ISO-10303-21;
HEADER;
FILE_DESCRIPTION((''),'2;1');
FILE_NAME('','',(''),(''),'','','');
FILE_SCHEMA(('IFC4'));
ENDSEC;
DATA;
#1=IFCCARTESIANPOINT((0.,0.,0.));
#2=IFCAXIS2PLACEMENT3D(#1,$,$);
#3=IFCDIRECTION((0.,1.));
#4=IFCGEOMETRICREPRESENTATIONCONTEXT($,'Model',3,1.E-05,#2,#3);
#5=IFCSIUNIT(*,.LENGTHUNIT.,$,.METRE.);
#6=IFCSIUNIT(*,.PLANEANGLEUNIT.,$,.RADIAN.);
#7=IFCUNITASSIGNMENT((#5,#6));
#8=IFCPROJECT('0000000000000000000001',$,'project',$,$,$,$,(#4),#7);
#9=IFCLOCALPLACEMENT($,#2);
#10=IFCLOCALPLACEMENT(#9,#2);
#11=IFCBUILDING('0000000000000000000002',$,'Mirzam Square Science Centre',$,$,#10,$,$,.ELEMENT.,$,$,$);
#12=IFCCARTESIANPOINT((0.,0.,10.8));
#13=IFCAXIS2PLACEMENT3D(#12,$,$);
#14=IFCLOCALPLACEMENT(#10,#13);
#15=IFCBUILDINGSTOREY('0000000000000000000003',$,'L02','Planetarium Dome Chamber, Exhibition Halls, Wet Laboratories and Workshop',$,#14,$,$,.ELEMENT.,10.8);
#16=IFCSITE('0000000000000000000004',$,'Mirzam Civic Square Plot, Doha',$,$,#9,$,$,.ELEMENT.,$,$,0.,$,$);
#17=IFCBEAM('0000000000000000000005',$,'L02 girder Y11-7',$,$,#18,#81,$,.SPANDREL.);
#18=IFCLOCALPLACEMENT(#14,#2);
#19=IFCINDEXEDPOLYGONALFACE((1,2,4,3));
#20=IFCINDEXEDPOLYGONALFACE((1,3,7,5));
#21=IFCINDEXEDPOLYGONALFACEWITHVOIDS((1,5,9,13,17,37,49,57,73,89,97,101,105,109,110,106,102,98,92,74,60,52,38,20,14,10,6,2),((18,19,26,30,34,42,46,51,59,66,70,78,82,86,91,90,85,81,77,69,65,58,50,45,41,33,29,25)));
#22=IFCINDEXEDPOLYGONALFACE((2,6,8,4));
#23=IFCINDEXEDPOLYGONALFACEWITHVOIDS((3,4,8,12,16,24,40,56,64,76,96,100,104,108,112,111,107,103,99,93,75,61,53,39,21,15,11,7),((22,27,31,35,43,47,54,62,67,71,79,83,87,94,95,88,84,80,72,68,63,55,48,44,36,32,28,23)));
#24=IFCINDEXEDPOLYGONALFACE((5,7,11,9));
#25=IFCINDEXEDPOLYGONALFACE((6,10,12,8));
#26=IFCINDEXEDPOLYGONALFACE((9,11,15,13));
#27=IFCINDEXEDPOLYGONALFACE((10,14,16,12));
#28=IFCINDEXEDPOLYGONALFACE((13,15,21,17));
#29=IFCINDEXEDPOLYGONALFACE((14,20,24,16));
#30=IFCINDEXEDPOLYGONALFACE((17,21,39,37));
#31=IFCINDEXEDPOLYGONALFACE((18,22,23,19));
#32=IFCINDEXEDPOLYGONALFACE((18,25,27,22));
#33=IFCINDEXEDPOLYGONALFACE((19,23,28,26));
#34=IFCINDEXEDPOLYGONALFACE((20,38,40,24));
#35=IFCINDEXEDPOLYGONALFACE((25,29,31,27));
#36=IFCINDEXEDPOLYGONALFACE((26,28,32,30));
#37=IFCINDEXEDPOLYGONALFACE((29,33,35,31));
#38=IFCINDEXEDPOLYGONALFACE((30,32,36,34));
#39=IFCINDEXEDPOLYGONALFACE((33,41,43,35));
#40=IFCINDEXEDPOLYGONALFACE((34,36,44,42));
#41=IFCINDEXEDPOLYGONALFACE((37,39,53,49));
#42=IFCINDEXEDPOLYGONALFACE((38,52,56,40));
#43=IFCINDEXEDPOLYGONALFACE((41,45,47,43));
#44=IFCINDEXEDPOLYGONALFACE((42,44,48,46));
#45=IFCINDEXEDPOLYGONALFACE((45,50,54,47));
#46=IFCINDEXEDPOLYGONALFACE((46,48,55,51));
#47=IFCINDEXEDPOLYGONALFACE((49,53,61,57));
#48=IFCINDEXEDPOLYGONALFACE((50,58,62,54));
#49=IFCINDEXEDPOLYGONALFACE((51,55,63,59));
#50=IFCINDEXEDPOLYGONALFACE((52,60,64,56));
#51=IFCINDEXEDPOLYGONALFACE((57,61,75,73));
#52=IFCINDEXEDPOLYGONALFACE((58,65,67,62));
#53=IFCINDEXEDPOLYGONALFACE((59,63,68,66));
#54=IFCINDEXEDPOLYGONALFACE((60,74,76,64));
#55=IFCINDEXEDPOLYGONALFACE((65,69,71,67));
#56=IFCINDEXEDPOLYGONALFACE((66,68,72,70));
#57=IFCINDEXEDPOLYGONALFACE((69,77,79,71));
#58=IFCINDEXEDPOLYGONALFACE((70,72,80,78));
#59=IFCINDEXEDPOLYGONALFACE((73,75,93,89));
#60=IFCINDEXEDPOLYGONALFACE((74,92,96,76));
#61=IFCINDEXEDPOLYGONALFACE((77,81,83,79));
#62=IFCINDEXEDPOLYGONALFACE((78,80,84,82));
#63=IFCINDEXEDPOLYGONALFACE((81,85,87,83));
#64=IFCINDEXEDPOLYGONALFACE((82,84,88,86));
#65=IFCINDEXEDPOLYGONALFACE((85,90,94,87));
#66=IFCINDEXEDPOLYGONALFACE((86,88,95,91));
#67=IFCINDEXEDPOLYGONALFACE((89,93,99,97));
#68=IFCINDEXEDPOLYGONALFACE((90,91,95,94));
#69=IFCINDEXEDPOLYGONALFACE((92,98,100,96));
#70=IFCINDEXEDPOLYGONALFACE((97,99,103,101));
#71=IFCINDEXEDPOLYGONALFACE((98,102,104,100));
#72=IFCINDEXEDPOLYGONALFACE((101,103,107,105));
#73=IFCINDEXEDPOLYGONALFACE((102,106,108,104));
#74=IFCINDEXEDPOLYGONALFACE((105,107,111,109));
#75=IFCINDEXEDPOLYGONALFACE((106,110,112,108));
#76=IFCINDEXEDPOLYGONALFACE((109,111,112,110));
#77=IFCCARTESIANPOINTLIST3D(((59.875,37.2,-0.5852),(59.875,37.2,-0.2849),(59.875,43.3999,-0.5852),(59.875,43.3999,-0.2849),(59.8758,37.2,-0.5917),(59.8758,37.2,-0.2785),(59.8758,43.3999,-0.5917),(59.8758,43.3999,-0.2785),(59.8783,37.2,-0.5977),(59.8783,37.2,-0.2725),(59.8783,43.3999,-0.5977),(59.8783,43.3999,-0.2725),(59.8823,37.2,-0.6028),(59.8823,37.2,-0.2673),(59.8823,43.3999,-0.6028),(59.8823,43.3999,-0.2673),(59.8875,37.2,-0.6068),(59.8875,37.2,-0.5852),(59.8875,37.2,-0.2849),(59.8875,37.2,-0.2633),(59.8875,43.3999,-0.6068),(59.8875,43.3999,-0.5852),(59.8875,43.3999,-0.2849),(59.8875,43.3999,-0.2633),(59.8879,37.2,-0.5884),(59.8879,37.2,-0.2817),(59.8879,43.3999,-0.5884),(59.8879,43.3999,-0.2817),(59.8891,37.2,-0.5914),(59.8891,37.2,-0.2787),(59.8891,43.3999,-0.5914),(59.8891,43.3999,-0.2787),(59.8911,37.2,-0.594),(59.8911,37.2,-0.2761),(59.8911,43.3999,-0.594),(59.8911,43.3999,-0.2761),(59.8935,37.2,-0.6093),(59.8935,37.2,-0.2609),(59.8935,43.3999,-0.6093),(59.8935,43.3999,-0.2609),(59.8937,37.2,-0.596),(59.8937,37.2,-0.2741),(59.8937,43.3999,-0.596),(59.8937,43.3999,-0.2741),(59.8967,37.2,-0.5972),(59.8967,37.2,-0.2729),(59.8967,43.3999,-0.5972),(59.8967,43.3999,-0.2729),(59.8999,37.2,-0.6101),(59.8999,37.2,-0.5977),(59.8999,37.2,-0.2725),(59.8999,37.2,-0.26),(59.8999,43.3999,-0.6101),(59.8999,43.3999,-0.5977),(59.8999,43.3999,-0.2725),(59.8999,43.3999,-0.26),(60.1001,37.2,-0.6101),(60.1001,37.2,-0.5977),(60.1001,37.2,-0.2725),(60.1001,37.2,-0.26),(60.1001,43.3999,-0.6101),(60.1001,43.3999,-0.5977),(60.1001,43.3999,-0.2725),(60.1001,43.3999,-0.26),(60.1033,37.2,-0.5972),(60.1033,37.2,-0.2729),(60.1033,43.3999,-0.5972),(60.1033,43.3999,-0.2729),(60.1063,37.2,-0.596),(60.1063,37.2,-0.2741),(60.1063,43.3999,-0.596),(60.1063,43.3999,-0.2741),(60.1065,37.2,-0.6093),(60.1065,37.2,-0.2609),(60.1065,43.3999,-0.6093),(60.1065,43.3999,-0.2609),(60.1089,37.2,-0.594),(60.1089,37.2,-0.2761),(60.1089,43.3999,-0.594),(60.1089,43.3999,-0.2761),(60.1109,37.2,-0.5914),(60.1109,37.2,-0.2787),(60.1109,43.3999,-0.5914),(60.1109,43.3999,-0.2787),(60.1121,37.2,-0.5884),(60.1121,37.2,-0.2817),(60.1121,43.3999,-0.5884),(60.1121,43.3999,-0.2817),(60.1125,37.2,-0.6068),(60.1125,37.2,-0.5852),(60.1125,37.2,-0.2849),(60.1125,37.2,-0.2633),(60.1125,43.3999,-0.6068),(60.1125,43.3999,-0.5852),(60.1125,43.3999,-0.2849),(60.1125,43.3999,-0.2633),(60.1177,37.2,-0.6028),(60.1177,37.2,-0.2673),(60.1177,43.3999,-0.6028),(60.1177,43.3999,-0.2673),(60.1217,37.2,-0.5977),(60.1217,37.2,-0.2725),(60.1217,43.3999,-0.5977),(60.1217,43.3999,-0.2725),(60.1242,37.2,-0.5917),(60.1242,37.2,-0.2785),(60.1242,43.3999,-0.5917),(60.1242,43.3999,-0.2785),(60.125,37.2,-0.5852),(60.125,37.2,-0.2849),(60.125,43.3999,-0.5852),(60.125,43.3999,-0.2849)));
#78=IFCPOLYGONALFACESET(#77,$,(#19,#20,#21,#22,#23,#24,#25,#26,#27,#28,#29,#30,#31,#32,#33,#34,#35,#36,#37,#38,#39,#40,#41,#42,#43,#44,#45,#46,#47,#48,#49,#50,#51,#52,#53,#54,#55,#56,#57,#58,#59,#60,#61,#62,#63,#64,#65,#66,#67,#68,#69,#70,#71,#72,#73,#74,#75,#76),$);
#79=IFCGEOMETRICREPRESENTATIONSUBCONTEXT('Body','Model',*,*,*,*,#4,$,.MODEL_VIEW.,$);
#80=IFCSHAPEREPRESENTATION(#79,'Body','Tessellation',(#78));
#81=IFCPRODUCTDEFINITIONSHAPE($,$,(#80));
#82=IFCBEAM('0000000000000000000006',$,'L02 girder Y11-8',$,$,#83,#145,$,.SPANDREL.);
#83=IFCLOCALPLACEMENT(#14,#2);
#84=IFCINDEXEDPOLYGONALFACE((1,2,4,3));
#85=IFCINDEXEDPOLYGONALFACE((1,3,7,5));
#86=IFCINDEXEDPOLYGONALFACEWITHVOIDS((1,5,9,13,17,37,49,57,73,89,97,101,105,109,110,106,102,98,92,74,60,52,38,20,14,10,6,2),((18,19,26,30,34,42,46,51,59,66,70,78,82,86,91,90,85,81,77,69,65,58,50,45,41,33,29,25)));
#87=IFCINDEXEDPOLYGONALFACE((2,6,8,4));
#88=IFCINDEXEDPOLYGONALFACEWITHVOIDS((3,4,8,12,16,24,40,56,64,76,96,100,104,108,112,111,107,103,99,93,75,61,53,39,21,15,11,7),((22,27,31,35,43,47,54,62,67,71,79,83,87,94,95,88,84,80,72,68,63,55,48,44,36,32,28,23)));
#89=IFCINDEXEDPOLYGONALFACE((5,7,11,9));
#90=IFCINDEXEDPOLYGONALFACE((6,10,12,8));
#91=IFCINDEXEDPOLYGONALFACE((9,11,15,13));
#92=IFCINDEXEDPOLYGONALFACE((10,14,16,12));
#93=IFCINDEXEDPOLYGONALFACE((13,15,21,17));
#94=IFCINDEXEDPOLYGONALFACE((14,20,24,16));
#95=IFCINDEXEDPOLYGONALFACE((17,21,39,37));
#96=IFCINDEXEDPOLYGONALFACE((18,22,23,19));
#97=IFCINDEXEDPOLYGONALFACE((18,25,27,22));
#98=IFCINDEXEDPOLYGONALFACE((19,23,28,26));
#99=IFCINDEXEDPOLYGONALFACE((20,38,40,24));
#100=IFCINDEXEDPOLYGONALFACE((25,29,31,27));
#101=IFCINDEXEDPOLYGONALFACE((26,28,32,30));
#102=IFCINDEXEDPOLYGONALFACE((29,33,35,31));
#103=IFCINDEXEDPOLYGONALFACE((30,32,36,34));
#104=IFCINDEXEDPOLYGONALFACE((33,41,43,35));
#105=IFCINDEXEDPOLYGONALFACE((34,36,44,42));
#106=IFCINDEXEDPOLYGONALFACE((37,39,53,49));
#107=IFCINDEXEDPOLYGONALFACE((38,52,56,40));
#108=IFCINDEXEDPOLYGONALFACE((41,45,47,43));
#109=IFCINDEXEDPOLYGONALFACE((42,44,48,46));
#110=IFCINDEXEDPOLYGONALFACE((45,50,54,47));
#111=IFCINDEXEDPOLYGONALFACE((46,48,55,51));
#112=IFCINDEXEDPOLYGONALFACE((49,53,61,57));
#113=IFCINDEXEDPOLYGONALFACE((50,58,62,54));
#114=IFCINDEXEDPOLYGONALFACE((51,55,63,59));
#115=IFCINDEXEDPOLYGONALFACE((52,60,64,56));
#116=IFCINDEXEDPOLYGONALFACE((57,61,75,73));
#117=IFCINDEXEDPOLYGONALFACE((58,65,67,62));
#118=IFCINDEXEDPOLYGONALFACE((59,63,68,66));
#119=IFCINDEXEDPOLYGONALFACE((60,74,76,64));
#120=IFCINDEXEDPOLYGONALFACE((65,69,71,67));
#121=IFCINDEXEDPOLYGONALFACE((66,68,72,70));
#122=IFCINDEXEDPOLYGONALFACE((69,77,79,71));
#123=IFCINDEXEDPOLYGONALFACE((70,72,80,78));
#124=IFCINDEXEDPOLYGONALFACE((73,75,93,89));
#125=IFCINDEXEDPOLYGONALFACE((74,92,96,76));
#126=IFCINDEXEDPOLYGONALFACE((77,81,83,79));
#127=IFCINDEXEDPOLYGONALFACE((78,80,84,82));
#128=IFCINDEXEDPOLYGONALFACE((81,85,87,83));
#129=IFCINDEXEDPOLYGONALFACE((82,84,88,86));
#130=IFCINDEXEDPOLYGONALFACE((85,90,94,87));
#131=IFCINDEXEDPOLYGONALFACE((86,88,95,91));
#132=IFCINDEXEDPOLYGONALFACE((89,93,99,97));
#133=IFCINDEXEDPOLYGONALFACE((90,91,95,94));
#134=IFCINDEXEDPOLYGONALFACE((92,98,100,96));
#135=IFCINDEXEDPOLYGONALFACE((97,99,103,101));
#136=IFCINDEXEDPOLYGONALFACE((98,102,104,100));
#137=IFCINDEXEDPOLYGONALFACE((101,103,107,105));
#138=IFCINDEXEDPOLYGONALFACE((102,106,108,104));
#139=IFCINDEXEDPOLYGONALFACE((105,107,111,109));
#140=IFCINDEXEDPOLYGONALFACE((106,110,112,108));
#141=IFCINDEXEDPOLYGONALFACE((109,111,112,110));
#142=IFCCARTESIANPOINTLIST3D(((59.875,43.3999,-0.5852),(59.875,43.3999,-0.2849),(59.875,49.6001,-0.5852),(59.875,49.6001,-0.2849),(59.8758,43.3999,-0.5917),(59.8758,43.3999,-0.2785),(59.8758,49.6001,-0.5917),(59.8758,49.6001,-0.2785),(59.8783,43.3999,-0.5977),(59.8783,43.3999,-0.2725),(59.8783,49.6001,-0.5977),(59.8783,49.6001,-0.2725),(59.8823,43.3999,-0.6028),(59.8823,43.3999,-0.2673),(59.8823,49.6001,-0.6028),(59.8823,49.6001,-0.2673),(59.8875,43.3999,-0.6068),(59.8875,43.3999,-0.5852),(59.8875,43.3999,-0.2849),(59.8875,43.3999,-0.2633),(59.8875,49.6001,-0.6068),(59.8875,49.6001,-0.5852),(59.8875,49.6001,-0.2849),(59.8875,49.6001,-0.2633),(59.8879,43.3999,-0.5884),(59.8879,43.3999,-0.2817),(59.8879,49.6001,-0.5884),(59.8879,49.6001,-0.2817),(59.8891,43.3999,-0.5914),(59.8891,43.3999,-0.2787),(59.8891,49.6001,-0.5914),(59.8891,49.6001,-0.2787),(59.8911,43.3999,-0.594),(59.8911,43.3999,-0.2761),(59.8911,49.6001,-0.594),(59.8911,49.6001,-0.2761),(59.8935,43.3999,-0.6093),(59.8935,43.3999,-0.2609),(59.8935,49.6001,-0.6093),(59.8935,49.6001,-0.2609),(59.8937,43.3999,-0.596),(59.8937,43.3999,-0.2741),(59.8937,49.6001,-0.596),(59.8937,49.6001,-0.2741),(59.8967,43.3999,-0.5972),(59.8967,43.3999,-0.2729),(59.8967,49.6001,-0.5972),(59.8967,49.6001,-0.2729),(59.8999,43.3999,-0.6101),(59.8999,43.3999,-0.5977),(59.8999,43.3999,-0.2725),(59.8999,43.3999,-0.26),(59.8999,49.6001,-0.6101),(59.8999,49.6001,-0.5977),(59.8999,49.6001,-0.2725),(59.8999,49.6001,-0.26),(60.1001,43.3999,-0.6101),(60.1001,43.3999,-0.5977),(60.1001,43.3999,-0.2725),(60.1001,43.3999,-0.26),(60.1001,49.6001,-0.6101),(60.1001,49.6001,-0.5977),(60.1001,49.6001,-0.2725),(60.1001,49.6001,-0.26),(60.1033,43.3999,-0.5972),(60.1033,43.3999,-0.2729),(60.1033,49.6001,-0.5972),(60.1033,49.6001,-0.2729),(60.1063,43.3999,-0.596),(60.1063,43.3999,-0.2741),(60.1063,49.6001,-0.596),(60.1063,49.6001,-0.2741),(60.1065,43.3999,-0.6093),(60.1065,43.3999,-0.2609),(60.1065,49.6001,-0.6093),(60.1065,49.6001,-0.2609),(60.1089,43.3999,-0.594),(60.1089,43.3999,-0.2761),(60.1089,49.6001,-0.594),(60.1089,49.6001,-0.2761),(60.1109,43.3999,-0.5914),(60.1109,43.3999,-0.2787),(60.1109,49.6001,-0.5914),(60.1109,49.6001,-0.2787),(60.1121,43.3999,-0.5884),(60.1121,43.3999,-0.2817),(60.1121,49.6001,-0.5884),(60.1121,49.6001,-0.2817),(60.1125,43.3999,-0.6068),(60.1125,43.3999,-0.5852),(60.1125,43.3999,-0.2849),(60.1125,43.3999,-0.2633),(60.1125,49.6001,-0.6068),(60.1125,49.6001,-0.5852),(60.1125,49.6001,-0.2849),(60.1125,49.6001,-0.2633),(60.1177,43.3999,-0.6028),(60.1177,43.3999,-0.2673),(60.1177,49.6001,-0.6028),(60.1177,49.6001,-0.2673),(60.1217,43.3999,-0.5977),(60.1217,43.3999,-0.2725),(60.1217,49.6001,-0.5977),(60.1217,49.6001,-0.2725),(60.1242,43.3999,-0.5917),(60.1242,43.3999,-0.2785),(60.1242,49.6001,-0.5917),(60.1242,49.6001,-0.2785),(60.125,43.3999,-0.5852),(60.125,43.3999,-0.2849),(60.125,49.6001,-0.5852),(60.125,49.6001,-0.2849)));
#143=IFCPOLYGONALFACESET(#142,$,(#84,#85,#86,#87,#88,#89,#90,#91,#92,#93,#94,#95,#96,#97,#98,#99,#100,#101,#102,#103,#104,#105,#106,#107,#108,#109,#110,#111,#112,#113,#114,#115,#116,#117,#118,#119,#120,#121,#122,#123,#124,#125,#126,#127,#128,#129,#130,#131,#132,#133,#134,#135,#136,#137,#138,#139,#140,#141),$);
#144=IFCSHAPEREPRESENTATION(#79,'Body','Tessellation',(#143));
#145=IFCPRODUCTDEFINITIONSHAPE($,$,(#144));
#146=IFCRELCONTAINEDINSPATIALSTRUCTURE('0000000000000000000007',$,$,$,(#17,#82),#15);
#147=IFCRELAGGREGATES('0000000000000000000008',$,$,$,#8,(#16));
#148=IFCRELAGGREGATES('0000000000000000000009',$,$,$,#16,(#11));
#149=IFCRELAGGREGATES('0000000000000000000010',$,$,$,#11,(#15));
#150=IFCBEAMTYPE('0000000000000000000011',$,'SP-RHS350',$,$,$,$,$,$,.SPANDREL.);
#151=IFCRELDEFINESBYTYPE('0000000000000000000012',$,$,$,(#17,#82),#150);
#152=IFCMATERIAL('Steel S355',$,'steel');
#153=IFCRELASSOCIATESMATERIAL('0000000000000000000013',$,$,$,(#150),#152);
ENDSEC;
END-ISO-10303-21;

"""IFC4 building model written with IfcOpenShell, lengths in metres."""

from ifc_helpers import new_model, si_unit, direction, frame, origin, origin_2d, place, context, subcontext, project, spatial, hollow_rectangle, extrude, material, material_profile, profile_set, type_object, element, save


model = new_model("IFC4")

# Units and contexts
model_context = context("Model", 3, precision=1e-05, world=origin(), true_north=direction((0.0, 1.0)))
body_context = subcontext(model_context, "Body", "Model", "MODEL_VIEW")
ifc_project = project(units=[si_unit("LENGTHUNIT", "METRE"), si_unit("PLANEANGLEUNIT", "RADIAN")], contexts=[model_context])

# Site, building, storey
site_placement = place(None, origin())
site = spatial("IfcSite", under=ifc_project, at=site_placement, Name="Mirzam Civic Square Plot, Doha", CompositionType="ELEMENT", RefElevation=0.0)
building_placement = place(site_placement, origin())
building = spatial("IfcBuilding", under=site, at=building_placement, Name="Mirzam Square Science Centre", CompositionType="ELEMENT")
storey_placement = place(building_placement, frame((0.0, 0.0, 10.8)))
storey = spatial("IfcBuildingStorey", under=building, at=storey_placement, Name="L02", Description="Planetarium Dome Chamber, Exhibition Halls, Wet Laboratories and Workshop", CompositionType="ELEMENT", Elevation=10.8)

# Shared definitions
ifc_material_1 = material(Name="Steel S355", Category="steel")

# Beams
ifc_material_profile_1 = material_profile(ifc_material_1, hollow_rectangle(XDim=0.25, YDim=0.3501, WallThickness=0.0125, InnerFilletRadius=0.0125, OuterFilletRadius=0.0249, at=origin_2d()), Name="350x250x12.5RHS")
ifc_profile_set_1 = profile_set([ifc_material_profile_1], Name="Steel S355")
beam_type_1 = type_object("IfcBeamType", Name="SP-RHS350", PredefinedType="SPANDREL", material=ifc_profile_set_1)
beam_1_placement = place(storey_placement, frame((60.0, 37.2, -0.4351), z_axis=(0.0, 1.0, 0.0), x_axis=(-1.0, 0.0, 0.0)))
element("IfcBeam", 1, at=beam_1_placement, inside=storey, type_object=beam_type_1, Name="L02 girder Y11-7", PredefinedType="SPANDREL", context=body_context, shape_type="SweptSolid", body=[
    extrude(hollow_rectangle(XDim=0.25, YDim=0.3501, WallThickness=0.0125, InnerFilletRadius=0.0125, OuterFilletRadius=0.0249, at=origin_2d()), origin(), (0.0, 0.0, 1.0), 6.2),
])
beam_2_placement = place(storey_placement, frame((60.0, 43.3999, -0.4351), z_axis=(0.0, 1.0, 0.0), x_axis=(-1.0, 0.0, 0.0)))
element("IfcBeam", 2, at=beam_2_placement, inside=storey, type_object=beam_type_1, Name="L02 girder Y11-8", PredefinedType="SPANDREL", context=body_context, shape_type="SweptSolid", body=[
    extrude(hollow_rectangle(XDim=0.25, YDim=0.3501, WallThickness=0.0125, InnerFilletRadius=0.0125, OuterFilletRadius=0.0249, at=origin_2d()), origin(), (0.0, 0.0, 1.0), 6.2002),
])

save(model, "model.ifc")
